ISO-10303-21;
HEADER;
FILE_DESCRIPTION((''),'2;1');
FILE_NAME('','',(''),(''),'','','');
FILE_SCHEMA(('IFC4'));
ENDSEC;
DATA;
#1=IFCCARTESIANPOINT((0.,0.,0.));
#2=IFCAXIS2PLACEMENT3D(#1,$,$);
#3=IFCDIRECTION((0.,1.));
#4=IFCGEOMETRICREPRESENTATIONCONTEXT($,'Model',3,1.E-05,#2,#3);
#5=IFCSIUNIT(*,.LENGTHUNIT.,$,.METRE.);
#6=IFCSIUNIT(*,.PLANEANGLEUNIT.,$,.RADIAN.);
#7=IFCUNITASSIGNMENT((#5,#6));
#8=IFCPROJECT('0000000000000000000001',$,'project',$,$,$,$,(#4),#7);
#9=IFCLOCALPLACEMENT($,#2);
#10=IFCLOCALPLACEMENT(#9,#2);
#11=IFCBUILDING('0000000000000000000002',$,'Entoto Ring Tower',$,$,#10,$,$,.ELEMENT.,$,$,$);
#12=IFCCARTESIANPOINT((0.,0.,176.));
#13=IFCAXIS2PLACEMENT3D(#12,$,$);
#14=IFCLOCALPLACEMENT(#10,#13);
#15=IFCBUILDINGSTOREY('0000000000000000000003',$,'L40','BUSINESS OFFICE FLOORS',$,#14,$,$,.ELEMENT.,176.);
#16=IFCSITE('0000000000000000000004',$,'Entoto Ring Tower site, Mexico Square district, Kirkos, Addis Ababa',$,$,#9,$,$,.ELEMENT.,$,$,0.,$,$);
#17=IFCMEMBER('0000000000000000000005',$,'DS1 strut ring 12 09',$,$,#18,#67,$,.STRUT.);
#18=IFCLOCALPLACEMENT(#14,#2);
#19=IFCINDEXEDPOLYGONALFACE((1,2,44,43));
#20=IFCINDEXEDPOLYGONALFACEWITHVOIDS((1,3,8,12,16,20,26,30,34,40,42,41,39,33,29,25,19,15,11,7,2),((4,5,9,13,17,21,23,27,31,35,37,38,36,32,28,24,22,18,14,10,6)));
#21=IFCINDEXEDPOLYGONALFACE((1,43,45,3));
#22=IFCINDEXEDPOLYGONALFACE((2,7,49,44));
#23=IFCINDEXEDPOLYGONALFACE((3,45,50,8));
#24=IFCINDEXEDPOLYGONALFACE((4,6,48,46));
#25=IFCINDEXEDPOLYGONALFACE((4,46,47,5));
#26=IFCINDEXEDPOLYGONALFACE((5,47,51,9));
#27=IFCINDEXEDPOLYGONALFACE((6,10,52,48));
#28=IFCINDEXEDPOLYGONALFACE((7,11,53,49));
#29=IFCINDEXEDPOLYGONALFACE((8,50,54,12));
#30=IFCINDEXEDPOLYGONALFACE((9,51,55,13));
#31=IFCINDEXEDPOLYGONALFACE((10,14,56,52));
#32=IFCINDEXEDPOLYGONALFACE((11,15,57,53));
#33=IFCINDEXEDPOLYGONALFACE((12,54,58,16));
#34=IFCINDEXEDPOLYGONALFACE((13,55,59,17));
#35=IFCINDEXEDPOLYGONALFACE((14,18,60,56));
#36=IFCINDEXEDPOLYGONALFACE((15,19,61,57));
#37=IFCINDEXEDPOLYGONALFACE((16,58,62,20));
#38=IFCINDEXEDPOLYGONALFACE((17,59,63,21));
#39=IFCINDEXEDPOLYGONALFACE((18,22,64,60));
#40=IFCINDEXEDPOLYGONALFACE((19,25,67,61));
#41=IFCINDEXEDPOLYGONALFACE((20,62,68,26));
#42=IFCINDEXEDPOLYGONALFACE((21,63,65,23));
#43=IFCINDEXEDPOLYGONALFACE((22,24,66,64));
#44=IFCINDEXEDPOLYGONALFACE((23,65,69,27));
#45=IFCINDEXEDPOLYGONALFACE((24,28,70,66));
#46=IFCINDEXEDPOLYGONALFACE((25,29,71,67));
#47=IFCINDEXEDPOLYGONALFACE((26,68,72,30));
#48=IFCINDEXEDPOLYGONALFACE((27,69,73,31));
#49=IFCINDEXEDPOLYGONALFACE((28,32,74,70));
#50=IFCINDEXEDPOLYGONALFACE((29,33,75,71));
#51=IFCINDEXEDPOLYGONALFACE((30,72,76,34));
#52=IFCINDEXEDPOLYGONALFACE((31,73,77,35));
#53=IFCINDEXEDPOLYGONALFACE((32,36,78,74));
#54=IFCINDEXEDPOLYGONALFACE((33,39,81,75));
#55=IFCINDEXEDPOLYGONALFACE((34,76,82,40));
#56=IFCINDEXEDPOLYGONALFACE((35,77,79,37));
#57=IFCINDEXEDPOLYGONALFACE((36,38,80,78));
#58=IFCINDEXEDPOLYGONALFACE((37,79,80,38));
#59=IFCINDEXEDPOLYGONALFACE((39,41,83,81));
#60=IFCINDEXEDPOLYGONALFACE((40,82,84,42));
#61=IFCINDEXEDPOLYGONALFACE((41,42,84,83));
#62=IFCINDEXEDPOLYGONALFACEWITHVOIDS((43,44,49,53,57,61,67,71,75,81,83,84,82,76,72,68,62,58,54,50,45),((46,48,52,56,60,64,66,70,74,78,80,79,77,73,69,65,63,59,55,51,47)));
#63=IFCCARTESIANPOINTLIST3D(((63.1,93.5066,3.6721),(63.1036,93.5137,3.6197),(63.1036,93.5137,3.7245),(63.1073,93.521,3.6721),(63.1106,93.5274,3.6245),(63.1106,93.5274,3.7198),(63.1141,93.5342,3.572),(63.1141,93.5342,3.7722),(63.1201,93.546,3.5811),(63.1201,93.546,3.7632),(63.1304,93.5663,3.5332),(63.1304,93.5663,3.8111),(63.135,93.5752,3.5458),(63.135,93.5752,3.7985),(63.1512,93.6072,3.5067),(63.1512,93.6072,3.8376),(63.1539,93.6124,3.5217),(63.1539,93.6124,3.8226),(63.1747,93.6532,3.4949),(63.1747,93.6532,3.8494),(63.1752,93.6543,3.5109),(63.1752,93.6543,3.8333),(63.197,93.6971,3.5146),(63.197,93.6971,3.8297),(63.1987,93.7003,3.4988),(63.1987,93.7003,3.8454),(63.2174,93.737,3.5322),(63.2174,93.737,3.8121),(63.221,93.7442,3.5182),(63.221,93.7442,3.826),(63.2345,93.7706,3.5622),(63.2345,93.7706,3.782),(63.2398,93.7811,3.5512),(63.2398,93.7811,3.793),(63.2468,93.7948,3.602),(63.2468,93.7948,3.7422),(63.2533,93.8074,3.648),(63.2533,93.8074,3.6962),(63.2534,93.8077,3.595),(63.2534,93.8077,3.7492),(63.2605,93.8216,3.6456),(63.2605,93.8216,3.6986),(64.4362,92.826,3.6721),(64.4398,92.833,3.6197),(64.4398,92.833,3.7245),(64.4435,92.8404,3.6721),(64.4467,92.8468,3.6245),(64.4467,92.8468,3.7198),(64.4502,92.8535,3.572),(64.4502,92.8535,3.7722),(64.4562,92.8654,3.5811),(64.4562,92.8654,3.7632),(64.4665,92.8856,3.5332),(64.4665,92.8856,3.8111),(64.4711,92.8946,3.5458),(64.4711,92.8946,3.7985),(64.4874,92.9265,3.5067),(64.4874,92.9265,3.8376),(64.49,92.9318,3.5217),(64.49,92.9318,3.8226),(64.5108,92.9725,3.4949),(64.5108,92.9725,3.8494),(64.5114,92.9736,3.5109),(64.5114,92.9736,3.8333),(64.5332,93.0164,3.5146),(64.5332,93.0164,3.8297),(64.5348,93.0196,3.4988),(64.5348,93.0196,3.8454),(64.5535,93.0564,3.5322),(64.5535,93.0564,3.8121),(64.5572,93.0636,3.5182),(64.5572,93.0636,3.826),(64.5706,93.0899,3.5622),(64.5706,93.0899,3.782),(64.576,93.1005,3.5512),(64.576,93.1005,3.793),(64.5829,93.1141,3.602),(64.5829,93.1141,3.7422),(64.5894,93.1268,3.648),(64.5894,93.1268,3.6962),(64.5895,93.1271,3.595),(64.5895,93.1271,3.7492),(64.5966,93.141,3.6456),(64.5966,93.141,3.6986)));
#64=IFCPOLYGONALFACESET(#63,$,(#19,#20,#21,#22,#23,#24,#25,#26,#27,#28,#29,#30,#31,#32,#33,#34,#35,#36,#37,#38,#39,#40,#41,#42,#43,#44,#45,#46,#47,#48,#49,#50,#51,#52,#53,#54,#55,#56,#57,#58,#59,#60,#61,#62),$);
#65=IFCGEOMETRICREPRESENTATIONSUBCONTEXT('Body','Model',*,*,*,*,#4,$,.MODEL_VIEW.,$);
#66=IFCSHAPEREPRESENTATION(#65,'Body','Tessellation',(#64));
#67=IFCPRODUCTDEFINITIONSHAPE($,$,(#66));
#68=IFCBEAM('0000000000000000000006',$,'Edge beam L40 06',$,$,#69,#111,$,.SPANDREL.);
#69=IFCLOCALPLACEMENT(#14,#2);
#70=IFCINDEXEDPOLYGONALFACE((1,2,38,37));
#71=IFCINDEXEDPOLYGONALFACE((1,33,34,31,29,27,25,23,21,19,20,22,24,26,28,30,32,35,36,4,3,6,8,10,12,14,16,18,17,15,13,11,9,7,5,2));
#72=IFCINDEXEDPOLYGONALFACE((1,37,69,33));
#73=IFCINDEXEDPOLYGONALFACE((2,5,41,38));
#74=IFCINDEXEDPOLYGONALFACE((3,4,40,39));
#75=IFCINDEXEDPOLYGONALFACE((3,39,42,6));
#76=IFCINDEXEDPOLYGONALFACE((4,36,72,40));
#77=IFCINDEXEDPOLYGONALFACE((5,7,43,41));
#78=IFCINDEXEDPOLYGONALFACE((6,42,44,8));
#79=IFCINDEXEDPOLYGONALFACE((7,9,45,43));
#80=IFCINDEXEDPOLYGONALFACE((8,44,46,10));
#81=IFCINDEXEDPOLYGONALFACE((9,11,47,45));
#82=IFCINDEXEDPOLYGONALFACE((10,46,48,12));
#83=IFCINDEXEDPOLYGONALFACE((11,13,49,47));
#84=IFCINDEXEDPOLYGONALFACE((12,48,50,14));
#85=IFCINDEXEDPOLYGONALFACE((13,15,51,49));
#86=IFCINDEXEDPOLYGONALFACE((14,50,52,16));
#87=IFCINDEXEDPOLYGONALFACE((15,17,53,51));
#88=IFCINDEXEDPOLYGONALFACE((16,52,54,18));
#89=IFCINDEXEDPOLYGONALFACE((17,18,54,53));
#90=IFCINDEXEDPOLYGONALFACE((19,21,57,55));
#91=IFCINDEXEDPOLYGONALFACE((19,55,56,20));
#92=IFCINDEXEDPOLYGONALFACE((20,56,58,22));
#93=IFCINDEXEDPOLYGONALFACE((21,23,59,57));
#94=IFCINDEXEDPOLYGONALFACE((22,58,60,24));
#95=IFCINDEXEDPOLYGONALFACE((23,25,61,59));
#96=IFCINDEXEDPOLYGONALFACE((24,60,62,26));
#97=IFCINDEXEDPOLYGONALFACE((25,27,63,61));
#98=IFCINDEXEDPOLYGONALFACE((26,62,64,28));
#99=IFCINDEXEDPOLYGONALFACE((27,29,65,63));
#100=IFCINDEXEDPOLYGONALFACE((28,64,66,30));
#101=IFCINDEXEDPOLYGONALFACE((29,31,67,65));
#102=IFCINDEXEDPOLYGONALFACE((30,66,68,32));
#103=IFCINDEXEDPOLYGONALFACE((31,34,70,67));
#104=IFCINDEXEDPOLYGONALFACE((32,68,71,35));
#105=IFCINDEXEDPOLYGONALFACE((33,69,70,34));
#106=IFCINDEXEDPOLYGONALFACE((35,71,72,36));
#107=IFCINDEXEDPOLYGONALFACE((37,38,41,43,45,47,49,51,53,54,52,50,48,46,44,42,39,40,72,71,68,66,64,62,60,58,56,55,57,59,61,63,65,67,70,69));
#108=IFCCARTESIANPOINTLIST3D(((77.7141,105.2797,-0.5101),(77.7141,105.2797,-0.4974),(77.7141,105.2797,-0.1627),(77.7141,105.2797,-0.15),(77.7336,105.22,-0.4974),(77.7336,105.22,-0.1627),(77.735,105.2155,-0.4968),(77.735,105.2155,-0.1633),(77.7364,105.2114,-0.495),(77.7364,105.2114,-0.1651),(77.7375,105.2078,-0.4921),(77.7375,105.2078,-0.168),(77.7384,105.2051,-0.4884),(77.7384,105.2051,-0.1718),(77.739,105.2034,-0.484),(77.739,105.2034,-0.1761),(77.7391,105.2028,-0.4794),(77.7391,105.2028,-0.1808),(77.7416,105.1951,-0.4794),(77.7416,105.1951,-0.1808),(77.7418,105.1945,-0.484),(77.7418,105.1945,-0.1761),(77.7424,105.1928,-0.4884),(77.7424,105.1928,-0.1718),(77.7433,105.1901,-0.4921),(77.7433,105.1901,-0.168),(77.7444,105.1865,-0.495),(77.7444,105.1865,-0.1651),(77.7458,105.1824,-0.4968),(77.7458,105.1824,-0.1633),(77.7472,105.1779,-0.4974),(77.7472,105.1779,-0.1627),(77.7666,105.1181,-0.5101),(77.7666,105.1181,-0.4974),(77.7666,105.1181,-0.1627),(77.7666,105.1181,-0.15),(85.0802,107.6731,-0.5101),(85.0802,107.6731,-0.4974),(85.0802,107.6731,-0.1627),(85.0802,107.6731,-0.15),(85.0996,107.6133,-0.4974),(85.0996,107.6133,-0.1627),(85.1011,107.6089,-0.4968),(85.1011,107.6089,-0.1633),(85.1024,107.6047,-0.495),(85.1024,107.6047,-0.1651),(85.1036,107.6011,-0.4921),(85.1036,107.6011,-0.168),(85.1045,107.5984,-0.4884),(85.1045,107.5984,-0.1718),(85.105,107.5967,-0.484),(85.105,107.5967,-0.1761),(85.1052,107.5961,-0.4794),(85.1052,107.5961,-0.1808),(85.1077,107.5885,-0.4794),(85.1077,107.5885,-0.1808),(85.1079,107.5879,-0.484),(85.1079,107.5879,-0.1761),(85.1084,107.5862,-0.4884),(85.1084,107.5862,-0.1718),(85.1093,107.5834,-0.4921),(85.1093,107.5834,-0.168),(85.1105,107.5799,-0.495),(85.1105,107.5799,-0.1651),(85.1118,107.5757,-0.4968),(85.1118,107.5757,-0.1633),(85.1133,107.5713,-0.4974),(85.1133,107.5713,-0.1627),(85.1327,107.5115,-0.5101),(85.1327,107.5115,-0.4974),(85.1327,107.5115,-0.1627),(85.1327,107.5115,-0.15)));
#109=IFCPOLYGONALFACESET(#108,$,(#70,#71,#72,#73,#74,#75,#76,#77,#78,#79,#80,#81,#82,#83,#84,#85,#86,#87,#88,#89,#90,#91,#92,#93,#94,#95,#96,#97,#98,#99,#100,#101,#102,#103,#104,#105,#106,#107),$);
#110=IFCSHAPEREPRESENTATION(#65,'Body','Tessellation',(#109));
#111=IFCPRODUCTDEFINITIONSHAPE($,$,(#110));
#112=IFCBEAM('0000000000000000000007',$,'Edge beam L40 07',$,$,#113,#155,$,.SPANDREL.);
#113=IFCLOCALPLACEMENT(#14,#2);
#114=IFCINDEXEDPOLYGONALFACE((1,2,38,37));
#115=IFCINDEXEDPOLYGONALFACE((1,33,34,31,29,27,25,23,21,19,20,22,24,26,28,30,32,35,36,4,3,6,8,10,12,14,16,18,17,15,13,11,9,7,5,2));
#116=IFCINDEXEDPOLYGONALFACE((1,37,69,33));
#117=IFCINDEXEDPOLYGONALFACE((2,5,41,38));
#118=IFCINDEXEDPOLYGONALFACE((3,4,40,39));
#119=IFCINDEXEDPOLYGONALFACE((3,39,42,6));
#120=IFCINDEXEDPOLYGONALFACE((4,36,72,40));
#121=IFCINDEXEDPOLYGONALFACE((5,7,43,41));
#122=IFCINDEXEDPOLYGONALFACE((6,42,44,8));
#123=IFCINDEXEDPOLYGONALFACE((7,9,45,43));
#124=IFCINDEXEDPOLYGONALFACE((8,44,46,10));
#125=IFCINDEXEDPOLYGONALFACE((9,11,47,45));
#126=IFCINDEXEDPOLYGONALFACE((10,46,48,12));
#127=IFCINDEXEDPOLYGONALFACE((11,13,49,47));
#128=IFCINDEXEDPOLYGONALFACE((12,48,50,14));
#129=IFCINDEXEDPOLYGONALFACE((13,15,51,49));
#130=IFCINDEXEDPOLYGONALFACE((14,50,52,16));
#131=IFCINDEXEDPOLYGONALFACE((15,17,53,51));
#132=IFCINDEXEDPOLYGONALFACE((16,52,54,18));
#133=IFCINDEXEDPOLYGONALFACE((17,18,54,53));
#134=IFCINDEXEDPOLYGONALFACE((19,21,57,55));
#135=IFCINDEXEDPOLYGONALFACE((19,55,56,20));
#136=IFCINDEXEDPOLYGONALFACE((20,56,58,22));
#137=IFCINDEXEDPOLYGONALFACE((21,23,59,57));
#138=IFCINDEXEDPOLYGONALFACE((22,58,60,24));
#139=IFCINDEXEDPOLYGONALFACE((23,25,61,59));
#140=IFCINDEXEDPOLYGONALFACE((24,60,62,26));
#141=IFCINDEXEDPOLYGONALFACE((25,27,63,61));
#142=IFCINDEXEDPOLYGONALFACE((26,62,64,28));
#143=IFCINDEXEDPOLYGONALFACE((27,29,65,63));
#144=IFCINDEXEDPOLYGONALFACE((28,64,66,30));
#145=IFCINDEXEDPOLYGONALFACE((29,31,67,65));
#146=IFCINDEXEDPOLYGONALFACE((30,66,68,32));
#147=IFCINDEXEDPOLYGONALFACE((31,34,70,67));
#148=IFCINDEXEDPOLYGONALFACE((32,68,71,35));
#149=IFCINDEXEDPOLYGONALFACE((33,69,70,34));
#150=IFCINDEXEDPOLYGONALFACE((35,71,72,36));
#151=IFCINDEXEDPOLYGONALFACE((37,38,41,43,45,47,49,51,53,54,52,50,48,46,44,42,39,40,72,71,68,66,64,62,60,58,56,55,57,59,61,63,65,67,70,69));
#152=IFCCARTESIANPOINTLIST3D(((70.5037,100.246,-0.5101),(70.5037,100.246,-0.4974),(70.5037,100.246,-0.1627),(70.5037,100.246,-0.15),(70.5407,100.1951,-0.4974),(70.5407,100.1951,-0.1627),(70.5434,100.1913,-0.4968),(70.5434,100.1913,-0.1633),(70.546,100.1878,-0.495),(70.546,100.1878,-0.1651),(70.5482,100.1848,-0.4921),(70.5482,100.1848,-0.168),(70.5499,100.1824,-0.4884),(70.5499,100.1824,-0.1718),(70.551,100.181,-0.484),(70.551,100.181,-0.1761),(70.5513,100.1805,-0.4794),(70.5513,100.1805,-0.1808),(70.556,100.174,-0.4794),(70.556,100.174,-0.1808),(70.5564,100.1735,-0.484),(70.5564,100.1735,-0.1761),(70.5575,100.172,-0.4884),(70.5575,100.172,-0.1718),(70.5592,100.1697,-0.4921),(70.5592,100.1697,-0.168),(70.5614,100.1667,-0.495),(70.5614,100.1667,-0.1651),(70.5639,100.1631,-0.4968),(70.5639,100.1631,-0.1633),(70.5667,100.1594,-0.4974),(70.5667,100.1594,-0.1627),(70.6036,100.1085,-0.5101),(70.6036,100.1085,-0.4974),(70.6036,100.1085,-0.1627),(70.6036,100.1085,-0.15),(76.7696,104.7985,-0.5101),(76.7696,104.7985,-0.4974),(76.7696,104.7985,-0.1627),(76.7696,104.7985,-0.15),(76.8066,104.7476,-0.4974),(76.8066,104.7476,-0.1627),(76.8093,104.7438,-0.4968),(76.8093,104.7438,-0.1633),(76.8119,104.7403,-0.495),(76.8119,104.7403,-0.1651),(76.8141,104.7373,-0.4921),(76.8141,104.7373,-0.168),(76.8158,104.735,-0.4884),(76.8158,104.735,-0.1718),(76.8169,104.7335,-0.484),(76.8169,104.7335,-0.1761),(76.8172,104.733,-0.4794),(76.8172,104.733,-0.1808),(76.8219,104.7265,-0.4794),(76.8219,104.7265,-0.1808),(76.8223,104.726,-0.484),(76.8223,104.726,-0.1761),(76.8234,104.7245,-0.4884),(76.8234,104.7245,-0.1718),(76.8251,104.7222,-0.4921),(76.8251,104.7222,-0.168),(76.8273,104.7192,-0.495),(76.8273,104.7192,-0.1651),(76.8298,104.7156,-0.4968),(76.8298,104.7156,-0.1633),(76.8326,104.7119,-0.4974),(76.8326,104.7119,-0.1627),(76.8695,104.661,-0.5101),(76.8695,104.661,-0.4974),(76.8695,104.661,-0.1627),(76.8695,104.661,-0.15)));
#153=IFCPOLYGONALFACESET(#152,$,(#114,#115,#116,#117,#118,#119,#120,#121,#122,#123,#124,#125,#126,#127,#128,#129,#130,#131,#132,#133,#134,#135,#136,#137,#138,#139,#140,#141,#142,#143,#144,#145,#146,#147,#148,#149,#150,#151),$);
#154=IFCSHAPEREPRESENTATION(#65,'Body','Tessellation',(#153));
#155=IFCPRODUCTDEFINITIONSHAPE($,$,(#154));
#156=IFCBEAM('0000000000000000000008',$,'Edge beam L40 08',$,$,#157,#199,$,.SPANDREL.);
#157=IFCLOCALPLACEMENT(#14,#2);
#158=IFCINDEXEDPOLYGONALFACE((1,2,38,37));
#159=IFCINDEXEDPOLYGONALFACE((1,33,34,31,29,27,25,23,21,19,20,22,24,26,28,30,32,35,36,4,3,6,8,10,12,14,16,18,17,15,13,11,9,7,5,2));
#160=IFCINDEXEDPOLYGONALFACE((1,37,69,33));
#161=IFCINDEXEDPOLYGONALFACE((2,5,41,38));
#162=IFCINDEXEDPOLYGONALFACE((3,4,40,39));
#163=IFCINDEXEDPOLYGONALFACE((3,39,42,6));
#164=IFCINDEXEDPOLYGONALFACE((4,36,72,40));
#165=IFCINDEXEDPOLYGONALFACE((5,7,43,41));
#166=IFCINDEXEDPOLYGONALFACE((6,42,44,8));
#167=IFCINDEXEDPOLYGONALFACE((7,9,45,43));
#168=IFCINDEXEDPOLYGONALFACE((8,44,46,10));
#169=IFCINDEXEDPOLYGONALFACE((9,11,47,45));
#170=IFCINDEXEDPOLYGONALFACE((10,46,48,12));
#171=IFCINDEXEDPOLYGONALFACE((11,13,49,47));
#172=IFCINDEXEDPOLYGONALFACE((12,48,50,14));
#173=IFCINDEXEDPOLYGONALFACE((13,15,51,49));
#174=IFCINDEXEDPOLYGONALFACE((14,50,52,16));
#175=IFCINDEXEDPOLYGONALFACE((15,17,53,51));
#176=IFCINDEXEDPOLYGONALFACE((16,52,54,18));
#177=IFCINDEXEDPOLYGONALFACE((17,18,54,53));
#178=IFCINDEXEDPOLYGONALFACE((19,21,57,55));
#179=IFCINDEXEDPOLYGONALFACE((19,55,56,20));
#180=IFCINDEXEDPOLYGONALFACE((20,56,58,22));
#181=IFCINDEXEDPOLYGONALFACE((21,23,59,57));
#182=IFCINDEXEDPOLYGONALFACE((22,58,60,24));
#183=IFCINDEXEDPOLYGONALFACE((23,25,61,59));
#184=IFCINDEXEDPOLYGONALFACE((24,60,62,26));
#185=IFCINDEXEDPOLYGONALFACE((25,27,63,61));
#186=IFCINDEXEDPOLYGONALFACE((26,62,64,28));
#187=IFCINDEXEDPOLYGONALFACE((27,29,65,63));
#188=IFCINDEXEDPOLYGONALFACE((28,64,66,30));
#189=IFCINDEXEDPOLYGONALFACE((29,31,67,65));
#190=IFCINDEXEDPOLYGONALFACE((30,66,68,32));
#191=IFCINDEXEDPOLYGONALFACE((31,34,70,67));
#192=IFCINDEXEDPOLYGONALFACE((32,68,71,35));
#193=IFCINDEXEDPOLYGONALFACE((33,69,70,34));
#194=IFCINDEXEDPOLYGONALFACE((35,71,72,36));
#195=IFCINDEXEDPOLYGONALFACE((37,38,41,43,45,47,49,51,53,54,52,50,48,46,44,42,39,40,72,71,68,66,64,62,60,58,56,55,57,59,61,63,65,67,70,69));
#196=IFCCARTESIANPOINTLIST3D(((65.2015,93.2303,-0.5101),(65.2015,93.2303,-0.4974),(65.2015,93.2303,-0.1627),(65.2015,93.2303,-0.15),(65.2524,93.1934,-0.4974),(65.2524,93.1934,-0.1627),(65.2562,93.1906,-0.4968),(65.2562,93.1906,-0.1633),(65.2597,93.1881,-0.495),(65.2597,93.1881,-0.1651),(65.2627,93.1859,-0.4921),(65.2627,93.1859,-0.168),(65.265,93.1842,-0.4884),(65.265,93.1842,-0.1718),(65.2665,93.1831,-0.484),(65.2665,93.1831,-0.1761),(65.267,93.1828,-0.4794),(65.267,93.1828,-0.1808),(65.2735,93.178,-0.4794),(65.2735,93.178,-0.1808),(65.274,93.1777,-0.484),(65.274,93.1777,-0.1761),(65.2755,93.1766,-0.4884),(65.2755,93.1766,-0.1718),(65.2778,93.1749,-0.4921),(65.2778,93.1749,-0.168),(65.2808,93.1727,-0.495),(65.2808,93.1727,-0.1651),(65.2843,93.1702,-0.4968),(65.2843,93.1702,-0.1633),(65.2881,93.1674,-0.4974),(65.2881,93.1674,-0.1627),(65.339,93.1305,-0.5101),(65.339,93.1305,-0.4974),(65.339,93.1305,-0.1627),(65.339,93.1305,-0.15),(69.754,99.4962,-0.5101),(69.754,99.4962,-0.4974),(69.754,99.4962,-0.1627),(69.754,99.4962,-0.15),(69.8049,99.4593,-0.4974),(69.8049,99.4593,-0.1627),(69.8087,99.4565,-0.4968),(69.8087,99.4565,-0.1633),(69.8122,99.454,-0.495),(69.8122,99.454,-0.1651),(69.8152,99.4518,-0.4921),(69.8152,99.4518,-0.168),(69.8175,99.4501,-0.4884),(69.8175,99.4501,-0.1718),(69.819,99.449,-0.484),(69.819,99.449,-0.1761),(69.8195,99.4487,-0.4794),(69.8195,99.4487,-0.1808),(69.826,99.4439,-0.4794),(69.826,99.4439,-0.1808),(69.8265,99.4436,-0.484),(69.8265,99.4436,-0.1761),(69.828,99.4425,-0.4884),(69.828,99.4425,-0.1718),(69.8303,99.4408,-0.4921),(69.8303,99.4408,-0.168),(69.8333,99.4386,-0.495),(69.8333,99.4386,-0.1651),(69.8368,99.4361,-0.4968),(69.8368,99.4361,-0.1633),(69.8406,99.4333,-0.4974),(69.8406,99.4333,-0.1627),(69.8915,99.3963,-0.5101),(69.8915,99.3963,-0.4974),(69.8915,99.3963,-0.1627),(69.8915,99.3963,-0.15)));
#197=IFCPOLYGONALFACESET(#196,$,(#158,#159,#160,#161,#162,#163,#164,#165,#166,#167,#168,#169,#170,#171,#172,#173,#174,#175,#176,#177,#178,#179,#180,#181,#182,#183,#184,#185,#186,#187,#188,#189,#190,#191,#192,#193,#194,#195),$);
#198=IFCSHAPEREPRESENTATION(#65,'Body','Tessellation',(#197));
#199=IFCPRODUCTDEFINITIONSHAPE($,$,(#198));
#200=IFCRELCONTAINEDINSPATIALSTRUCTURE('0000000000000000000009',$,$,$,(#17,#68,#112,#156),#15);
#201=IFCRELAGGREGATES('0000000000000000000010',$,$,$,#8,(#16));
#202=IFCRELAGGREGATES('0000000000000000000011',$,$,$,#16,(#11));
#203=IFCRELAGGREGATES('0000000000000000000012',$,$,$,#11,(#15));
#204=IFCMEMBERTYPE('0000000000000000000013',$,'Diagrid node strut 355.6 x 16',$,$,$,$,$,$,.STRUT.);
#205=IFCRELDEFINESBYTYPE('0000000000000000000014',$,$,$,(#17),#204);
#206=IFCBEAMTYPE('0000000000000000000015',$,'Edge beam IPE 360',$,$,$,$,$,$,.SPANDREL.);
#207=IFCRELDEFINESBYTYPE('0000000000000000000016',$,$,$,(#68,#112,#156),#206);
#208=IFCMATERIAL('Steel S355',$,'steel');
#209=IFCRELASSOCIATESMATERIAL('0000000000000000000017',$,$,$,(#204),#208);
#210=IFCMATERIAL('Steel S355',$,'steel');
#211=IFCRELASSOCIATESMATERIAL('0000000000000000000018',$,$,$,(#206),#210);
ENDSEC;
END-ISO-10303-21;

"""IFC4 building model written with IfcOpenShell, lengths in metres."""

from ifc_helpers import new_model, si_unit, direction, frame, origin, origin_2d, place, context, subcontext, project, spatial, circle, hollow_circle, i_section, extrude, material, material_profile, profile_set, type_object, element, save


model = new_model("IFC4")

# Units and contexts
model_context = context("Model", 3, precision=1e-05, world=origin(), true_north=direction((0.0, 1.0)))
body_context = subcontext(model_context, "Body", "Model", "MODEL_VIEW")
ifc_project = project(units=[si_unit("LENGTHUNIT", "METRE"), si_unit("PLANEANGLEUNIT", "RADIAN")], contexts=[model_context])

# Site, building, storey
site_placement = place(None, origin())
site = spatial("IfcSite", under=ifc_project, at=site_placement, Name="Entoto Ring Tower site, Mexico Square district, Kirkos, Addis Ababa", CompositionType="ELEMENT", RefElevation=0.0)
building_placement = place(site_placement, origin())
building = spatial("IfcBuilding", under=site, at=building_placement, Name="Entoto Ring Tower", CompositionType="ELEMENT")
storey_placement = place(building_placement, frame((0.0, 0.0, 176.0)))
storey = spatial("IfcBuildingStorey", under=building, at=storey_placement, Name="L40", Description="BUSINESS OFFICE FLOORS", CompositionType="ELEMENT", Elevation=176.0)

# Member
ifc_material_1 = material(Name="Steel S355", Category="steel")
ifc_material_profile_1 = material_profile(ifc_material_1, hollow_circle(Radius=0.1777, WallThickness=0.0161, at=origin_2d()), Name="CHS 355.6 x 16")
ifc_material_2 = material(Name="Concrete C60/75", Category="concrete")
ifc_material_profile_2 = material_profile(ifc_material_2, circle(Radius=0.1619, at=origin_2d()), Name="Concrete C60/75 infill")
ifc_profile_set_1 = profile_set([ifc_material_profile_1, ifc_material_profile_2], Name="Steel S355")
member_type = type_object("IfcMemberType", Name="Diagrid node strut 355.6 x 16", PredefinedType="STRUT", material=ifc_profile_set_1)
for number, where, z_axis, x_axis, name in (
    (1, (64.5168, 92.9844, 3.6721), (-0.891048, 0.453909, 0.0), (-0.453909, -0.891048, 0.0), "DS1 strut ring 12 09"),
):
    element("IfcMember", number, at=place(storey_placement, frame(where, z_axis=z_axis, x_axis=x_axis)), inside=storey, type_object=member_type, Name=name, PredefinedType="STRUT", context=body_context, shape_type="SweptSolid", body=[
        extrude(hollow_circle(Radius=0.1777, WallThickness=0.0161, at=origin_2d()), origin(), (0.0, 0.0, 1.0), 1.4995),
    ])

# Beams
ifc_material_3 = material(Name="Steel S355", Category="steel")
ifc_material_profile_3 = material_profile(ifc_material_3, i_section(OverallWidth=0.1699, OverallDepth=0.3601, WebThickness=0.0081, FlangeThickness=0.0127, FilletRadius=0.0181, at=origin_2d()), Name="IPE 360")
ifc_profile_set_2 = profile_set([ifc_material_profile_3], Name="Steel S355")
beam_type_1 = type_object("IfcBeamType", Name="Edge beam IPE 360", PredefinedType="SPANDREL", material=ifc_profile_set_2)
for number, where, z_axis, x_axis, name in (
    (2, (85.1064, 107.5923, -0.3301), (-0.951058, -0.309013, 0.0), (0.309013, -0.951058, 0.0), "Edge beam L40 06"),
    (3, (76.8196, 104.7297, -0.3301), (-0.809013, -0.587791, 0.0), (0.587791, -0.809013, 0.0), "Edge beam L40 07"),
    (4, (69.8228, 99.4463, -0.3301), (-0.587791, -0.809013, 0.0), (0.809013, -0.587791, 0.0), "Edge beam L40 08"),
):
    element("IfcBeam", number, at=place(storey_placement, frame(where, z_axis=z_axis, x_axis=x_axis)), inside=storey, type_object=beam_type_1, Name=name, PredefinedType="SPANDREL", context=body_context, shape_type="SweptSolid", body=[
        extrude(i_section(OverallWidth=0.1699, OverallDepth=0.3601, WebThickness=0.0081, FlangeThickness=0.0127, FilletRadius=0.0181, at=origin_2d()), origin(), (0.0, 0.0, 1.0), 7.7451),
    ])

save(model, "model.ifc")
